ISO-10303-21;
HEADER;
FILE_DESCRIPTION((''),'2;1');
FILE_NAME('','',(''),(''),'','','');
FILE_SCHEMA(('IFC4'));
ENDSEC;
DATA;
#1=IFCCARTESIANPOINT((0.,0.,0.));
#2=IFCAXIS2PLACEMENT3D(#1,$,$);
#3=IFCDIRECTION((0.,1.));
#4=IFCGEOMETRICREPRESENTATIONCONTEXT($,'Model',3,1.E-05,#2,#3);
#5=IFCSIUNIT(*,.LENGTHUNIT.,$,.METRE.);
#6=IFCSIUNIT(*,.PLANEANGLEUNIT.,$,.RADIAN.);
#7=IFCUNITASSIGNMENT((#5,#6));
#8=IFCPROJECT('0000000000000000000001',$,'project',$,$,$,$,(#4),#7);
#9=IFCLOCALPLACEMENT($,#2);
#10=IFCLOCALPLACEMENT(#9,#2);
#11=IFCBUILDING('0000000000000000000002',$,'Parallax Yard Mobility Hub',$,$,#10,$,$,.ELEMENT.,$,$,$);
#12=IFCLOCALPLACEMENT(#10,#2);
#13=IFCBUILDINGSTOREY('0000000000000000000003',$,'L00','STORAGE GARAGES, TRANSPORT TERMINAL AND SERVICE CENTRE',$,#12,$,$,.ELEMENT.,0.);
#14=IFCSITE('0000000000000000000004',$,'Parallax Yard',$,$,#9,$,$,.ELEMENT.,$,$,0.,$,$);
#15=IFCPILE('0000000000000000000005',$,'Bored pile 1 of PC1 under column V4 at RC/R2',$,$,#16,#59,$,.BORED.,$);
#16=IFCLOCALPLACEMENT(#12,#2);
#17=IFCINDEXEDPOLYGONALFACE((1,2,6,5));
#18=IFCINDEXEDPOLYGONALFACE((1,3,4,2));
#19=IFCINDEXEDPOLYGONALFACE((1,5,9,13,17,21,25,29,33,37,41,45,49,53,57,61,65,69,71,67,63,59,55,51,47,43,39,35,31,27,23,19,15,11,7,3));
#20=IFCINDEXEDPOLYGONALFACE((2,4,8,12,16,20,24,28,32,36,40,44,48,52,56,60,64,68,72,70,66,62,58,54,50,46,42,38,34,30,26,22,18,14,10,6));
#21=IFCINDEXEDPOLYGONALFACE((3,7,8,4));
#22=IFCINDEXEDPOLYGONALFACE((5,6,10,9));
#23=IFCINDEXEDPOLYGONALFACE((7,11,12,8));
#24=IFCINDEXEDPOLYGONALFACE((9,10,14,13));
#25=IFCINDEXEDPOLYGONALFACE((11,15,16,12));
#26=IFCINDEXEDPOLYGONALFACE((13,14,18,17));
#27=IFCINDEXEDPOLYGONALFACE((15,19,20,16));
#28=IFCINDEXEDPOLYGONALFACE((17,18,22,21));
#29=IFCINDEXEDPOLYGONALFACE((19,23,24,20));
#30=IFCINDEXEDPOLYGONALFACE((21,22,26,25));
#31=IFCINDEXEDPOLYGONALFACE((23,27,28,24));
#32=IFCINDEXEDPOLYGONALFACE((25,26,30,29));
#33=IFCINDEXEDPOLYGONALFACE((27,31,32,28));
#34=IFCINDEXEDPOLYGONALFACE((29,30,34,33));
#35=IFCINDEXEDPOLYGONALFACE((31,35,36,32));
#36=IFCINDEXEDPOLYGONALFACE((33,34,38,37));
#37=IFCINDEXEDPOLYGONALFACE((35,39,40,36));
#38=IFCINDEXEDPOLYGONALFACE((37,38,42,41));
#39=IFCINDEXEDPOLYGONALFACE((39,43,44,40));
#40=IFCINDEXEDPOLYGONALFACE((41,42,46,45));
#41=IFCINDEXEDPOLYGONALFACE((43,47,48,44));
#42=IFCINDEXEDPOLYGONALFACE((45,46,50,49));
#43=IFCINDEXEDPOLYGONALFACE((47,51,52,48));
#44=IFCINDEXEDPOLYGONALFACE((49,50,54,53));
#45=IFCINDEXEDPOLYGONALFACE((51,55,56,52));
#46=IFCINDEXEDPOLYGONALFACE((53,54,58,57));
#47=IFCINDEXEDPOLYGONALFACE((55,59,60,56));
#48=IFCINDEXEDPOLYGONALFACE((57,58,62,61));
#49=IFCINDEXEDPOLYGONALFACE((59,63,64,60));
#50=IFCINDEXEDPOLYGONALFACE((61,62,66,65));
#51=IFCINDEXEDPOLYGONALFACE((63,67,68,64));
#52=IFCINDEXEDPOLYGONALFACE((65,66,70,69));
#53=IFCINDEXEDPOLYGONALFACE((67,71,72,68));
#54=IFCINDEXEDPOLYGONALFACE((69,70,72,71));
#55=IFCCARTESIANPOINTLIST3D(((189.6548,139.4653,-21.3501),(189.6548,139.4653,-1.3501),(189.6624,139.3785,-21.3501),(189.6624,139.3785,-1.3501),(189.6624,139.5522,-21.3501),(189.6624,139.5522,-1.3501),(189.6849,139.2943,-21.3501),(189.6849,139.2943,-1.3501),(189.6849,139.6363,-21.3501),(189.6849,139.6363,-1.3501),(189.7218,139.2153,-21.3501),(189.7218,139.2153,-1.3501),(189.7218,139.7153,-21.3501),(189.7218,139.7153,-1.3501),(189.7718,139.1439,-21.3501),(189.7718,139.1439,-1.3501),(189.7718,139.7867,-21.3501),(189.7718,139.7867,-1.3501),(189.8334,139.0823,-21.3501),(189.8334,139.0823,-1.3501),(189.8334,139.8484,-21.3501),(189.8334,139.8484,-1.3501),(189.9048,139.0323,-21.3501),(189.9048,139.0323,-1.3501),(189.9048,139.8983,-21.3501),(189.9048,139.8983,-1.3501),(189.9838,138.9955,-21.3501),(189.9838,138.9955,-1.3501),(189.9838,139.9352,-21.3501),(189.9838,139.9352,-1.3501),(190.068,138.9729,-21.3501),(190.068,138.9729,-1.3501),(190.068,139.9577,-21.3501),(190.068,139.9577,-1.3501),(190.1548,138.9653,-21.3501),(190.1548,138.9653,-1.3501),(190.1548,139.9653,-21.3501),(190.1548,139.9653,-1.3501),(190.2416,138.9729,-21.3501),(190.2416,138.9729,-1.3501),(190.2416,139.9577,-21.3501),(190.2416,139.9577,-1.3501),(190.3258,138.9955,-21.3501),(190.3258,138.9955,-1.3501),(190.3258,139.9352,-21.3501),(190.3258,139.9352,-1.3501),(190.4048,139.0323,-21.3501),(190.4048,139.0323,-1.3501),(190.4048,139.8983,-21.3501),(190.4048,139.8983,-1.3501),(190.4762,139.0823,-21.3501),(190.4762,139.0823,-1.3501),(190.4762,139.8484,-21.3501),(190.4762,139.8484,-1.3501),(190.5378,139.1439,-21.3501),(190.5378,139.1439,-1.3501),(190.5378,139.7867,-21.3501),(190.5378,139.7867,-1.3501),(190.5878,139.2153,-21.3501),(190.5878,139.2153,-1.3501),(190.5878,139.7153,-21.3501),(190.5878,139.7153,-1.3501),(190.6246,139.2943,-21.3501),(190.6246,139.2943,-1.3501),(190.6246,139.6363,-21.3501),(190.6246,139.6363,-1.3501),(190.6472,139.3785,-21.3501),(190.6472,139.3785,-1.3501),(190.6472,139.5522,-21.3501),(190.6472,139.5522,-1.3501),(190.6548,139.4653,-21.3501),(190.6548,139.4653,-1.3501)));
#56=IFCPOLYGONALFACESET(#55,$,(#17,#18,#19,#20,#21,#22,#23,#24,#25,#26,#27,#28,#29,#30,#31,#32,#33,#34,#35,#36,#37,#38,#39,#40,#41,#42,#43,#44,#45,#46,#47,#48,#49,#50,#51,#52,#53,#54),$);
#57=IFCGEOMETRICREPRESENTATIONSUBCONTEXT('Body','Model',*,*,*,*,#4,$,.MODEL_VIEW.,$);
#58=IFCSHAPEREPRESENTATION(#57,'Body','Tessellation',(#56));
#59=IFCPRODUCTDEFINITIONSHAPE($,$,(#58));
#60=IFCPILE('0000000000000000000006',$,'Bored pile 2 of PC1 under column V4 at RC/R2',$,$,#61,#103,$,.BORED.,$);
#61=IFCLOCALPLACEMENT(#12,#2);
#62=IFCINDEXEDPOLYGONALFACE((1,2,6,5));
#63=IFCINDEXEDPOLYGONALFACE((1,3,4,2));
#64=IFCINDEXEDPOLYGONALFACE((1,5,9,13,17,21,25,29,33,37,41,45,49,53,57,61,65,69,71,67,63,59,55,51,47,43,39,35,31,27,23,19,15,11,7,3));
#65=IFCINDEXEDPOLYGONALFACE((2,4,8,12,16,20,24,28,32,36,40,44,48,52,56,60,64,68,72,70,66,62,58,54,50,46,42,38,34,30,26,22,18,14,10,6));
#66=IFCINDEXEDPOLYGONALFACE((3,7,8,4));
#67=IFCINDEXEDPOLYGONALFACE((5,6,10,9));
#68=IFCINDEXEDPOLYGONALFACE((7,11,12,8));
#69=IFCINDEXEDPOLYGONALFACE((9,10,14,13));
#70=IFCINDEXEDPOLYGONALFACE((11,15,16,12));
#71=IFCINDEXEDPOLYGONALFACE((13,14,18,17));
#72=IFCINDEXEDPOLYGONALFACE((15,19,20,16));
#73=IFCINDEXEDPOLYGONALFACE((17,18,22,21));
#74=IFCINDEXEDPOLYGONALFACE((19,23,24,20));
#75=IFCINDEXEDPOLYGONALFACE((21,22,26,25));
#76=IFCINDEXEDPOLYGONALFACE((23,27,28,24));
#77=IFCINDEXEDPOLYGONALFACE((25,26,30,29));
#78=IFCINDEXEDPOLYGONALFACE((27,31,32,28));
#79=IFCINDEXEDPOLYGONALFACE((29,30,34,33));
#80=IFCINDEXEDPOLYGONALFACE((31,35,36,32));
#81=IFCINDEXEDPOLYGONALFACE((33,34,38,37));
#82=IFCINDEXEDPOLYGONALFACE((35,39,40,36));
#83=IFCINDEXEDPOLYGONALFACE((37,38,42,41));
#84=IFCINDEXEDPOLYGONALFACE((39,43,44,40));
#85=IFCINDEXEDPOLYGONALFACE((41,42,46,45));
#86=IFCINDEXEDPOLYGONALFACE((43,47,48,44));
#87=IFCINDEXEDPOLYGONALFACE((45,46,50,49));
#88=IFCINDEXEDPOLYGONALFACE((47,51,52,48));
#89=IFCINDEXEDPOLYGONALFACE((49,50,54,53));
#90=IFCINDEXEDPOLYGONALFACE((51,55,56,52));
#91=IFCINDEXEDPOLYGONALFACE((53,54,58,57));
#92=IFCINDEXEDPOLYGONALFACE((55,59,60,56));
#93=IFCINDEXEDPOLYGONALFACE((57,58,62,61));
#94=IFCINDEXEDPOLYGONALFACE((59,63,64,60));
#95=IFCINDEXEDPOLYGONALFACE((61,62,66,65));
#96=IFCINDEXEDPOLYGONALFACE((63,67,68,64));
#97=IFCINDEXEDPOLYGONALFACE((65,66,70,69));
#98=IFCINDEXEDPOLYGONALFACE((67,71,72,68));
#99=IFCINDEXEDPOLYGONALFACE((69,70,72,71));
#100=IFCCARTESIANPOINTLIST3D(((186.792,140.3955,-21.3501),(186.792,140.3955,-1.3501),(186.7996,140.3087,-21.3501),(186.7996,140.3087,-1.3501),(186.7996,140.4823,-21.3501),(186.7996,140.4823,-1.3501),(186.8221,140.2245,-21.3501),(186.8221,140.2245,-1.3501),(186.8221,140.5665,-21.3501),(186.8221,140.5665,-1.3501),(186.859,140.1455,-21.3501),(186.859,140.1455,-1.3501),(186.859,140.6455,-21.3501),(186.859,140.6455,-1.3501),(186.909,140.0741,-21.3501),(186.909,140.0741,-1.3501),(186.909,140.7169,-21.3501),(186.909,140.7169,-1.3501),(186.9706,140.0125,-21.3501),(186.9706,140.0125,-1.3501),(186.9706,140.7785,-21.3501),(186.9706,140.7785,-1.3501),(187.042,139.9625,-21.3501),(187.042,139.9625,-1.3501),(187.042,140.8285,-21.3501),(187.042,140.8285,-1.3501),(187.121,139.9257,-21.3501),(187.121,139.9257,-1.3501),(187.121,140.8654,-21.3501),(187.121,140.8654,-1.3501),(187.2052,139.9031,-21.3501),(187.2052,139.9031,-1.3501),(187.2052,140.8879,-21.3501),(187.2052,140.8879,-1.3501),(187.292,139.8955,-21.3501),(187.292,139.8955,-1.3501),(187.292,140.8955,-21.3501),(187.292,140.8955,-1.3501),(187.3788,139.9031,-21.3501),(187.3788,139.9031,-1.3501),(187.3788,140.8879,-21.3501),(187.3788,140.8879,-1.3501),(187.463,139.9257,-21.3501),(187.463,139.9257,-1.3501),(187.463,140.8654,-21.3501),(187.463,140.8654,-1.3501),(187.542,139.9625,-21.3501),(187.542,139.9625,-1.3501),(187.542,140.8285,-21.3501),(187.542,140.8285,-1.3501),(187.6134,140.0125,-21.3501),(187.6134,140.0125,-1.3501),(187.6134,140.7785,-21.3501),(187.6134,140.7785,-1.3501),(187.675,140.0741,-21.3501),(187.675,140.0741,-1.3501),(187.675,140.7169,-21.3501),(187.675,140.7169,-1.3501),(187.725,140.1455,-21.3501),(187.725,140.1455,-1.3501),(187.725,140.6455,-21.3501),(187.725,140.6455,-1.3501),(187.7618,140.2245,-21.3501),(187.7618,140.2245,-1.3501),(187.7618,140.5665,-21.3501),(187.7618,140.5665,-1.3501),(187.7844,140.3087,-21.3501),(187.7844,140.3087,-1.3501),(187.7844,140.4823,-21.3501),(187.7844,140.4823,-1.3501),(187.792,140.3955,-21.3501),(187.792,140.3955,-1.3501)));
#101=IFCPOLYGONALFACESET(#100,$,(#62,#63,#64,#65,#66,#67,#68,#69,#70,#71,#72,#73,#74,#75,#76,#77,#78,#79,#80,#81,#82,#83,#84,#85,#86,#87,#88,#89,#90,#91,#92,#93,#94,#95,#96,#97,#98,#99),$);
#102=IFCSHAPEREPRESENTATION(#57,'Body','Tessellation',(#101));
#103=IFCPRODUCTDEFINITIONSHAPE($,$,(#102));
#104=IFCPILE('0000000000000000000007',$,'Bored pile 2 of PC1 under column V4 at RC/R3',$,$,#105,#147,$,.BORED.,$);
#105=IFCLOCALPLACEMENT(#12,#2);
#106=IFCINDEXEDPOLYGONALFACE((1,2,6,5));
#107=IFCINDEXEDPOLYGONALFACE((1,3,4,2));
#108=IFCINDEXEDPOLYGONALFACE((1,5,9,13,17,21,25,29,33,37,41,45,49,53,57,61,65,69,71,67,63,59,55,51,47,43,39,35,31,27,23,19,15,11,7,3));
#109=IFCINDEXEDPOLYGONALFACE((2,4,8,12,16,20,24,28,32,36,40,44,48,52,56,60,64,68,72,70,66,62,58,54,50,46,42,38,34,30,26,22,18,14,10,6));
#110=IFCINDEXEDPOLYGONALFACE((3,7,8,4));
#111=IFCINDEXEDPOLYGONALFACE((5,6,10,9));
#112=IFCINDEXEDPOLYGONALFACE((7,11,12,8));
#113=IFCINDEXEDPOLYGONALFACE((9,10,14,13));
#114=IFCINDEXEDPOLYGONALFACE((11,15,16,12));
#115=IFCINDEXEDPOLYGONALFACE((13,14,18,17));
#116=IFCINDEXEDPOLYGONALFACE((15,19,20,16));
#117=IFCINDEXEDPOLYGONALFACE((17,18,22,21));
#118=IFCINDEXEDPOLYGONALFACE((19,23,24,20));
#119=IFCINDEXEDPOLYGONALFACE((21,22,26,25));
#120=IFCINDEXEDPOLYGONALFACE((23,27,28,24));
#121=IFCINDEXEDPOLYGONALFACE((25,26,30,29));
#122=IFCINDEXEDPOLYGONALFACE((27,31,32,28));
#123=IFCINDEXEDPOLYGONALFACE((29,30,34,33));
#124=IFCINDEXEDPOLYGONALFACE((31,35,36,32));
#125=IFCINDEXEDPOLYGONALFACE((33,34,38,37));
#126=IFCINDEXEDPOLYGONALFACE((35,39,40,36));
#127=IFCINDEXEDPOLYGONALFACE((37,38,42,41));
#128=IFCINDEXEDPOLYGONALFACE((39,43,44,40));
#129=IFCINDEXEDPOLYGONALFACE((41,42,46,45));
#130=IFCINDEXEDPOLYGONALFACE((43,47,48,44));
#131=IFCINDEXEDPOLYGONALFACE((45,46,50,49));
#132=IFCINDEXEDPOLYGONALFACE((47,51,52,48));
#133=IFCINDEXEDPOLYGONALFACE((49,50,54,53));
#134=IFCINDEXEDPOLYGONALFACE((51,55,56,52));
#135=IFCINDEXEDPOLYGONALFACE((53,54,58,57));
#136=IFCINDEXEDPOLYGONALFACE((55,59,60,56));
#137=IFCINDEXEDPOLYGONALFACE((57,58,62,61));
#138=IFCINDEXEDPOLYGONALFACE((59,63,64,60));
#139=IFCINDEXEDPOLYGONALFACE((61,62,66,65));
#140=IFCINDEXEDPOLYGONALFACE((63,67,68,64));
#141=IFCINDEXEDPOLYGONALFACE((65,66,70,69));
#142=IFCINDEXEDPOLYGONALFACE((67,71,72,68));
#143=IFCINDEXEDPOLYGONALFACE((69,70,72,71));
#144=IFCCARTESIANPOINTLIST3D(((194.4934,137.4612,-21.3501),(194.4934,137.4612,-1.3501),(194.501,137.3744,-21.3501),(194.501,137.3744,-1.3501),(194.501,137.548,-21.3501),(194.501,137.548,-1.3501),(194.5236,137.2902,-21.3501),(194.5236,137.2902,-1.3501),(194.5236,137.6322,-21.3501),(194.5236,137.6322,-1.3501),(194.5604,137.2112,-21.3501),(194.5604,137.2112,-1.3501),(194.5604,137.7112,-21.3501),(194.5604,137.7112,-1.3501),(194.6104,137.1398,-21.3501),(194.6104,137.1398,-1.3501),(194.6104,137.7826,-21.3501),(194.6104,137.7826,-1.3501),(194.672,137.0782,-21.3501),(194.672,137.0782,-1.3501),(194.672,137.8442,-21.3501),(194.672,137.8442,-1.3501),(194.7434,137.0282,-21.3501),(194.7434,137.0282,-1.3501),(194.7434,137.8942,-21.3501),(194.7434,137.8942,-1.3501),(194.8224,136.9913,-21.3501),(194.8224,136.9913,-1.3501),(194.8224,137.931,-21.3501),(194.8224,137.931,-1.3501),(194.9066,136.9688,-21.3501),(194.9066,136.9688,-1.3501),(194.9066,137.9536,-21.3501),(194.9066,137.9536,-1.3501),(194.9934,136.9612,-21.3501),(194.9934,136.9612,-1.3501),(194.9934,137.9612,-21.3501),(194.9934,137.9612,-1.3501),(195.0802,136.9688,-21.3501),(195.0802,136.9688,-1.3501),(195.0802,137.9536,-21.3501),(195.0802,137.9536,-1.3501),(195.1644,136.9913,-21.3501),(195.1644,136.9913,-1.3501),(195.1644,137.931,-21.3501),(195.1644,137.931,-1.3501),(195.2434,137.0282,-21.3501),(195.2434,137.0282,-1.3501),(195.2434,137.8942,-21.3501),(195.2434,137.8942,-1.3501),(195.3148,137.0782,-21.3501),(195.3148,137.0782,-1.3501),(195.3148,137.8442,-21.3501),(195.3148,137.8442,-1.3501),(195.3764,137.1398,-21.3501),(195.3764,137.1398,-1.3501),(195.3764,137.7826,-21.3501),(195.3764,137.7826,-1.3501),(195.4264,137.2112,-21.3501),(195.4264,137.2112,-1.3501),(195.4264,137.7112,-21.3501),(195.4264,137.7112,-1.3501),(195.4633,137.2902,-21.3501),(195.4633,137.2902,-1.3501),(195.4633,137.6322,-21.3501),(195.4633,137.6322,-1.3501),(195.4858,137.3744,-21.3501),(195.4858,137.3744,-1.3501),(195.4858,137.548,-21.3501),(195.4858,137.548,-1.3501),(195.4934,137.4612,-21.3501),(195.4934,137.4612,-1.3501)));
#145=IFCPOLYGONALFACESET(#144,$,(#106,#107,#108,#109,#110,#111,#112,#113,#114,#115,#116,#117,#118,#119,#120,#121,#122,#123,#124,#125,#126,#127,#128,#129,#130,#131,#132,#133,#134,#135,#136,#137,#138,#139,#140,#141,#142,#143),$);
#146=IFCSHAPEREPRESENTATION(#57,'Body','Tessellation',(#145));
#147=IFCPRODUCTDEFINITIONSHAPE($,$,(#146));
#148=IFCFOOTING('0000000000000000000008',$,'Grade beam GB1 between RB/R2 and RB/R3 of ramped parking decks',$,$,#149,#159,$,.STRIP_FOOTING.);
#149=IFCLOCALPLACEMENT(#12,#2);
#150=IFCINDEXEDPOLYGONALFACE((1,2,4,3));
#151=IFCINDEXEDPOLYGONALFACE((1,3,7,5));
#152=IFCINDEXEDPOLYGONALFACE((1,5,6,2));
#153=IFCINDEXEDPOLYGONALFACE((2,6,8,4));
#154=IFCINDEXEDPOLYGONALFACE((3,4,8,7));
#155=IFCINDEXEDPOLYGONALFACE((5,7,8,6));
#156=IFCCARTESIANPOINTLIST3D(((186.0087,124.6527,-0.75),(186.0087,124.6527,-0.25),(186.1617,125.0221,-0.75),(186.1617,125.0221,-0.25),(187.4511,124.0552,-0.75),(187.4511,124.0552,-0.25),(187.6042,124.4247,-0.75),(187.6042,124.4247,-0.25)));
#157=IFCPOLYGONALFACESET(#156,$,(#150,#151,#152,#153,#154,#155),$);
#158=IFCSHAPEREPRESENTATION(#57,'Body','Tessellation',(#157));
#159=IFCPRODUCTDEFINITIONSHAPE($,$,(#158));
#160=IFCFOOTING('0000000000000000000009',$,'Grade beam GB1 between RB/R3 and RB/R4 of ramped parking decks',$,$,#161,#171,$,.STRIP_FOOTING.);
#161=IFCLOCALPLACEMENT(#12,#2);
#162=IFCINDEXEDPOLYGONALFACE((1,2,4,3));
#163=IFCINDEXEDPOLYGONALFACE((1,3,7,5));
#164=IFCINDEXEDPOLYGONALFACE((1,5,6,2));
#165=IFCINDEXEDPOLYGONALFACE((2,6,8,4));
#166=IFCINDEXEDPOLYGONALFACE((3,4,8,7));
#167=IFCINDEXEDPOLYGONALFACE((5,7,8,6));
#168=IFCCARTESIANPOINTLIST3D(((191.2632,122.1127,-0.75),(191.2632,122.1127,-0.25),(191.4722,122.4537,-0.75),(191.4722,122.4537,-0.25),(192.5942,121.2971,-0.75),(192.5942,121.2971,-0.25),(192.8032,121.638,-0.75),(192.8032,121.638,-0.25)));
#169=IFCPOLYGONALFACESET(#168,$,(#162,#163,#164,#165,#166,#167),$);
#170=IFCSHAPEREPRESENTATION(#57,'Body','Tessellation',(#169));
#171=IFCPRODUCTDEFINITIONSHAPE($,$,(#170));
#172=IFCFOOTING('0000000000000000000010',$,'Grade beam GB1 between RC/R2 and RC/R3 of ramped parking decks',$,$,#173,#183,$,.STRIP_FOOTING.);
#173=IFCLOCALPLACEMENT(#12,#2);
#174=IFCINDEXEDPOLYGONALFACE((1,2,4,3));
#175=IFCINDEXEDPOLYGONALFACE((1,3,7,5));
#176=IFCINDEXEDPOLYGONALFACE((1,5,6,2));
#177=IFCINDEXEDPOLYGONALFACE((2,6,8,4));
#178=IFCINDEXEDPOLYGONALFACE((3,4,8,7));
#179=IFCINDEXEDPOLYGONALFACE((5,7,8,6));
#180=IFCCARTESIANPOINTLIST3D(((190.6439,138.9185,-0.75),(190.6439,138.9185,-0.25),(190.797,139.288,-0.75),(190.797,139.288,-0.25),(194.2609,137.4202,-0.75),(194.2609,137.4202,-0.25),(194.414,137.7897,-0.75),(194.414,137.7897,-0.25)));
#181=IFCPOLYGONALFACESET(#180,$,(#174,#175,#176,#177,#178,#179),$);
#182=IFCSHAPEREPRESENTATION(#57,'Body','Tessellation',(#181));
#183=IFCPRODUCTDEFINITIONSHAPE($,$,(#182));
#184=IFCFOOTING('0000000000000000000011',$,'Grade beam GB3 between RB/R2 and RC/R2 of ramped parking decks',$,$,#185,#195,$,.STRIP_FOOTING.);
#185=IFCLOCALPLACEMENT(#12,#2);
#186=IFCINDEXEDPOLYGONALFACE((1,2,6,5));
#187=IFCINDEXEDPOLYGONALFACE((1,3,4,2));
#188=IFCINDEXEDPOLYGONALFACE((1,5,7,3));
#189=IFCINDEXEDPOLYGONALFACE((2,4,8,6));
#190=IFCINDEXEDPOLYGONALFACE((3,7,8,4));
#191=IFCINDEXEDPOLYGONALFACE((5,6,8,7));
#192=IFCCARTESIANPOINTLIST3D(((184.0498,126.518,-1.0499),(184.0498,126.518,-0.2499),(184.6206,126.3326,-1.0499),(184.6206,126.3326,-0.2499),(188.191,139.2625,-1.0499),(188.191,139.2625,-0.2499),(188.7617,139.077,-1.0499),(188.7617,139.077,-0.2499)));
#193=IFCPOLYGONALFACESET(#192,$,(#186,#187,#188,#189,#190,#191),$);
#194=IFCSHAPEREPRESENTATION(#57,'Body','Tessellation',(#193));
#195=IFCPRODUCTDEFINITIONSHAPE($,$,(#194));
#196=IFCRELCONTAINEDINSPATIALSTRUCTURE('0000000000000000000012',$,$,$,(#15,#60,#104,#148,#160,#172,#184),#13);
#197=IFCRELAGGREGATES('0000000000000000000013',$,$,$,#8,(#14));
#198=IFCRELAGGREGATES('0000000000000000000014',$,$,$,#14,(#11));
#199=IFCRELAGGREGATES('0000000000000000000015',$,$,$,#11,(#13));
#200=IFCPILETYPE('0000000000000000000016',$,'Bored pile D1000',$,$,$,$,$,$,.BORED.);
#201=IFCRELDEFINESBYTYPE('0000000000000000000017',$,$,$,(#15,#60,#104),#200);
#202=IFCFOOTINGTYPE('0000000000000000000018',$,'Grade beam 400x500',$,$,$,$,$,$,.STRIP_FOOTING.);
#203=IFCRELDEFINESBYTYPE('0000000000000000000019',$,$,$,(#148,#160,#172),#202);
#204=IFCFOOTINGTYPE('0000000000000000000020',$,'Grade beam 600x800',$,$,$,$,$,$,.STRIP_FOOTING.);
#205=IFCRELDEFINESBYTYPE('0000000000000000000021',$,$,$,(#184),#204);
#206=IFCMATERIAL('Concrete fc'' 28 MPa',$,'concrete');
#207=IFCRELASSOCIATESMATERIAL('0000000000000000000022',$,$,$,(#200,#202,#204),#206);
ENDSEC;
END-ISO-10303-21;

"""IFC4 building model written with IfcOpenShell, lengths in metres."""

from ifc_helpers import new_model, si_unit, direction, frame, origin, origin_2d, place, context, subcontext, project, spatial, rectangle, circle, extrude, material, material_profile, profile_set, type_object, element, save


model = new_model("IFC4")

# Units and contexts
model_context = context("Model", 3, precision=1e-05, world=origin(), true_north=direction((0.0, 1.0)))
body_context = subcontext(model_context, "Body", "Model", "MODEL_VIEW")
ifc_project = project(units=[si_unit("LENGTHUNIT", "METRE"), si_unit("PLANEANGLEUNIT", "RADIAN")], contexts=[model_context])

# Site, building, storey
site_placement = place(None, origin())
site = spatial("IfcSite", under=ifc_project, at=site_placement, Name="Parallax Yard", CompositionType="ELEMENT", RefElevation=0.0)
building_placement = place(site_placement, origin())
building = spatial("IfcBuilding", under=site, at=building_placement, Name="Parallax Yard Mobility Hub", CompositionType="ELEMENT")
storey_placement = place(building_placement, origin())
storey = spatial("IfcBuildingStorey", under=building, at=storey_placement, Name="L00", Description="STORAGE GARAGES, TRANSPORT TERMINAL AND SERVICE CENTRE", CompositionType="ELEMENT", Elevation=0.0)

# Piles
ifc_material_1 = material(Name="Concrete fc' 28 MPa", Category="concrete")
ifc_material_profile_1 = material_profile(ifc_material_1, circle(Radius=0.5, at=origin_2d()), Name="Bored pile D1000")
ifc_profile_set_1 = profile_set([ifc_material_profile_1], Name="Concrete fc' 28 MPa")
pile_type = type_object("IfcPileType", Name="Bored pile D1000", PredefinedType="BORED", material=ifc_profile_set_1)
for number, where, z_axis, x_axis, name in (
    (1, (190.1548, 139.4653, -1.3501), (0.0, 0.0, -1.0), (1.0, 0.0, 0.0), "Bored pile 1 of PC1 under column V4 at RC/R2"),
    (2, (187.292, 140.3955, -1.3501), (0.0, 0.0, -1.0), (1.0, 0.0, 0.0), "Bored pile 2 of PC1 under column V4 at RC/R2"),
    (3, (194.9934, 137.4612, -1.3501), (0.0, 0.0, -1.0), (1.0, 0.0, 0.0), "Bored pile 2 of PC1 under column V4 at RC/R3"),
):
    element("IfcPile", number, at=place(storey_placement, frame(where, z_axis=z_axis, x_axis=x_axis)), inside=storey, type_object=pile_type, Name=name, PredefinedType="BORED", context=body_context, shape_type="SweptSolid", body=[
        extrude(circle(Radius=0.5, at=origin_2d()), origin(), (0.0, 0.0, 1.0), 20.0),
    ])

# Footings
ifc_material_profile_2 = material_profile(ifc_material_1, rectangle(XDim=0.3999, YDim=0.5, at=origin_2d()), Name="Grade beam 400x500")
ifc_profile_set_2 = profile_set([ifc_material_profile_2], Name="Concrete fc' 28 MPa")
footing_type_1 = type_object("IfcFootingType", Name="Grade beam 400x500", PredefinedType="STRIP_FOOTING", material=ifc_profile_set_2)
footing_1_placement = place(storey_placement, frame((186.0852, 124.8374, -0.5), z_axis=(0.923889, -0.38266, 0.0), x_axis=(0.38266, 0.923889, 0.0)))
element("IfcFooting", 4, at=footing_1_placement, inside=storey, type_object=footing_type_1, Name="Grade beam GB1 between RB/R2 and RB/R3 of ramped parking decks", PredefinedType="STRIP_FOOTING", context=body_context, shape_type="SweptSolid", body=[
    extrude(rectangle(XDim=0.3999, YDim=0.5, at=origin_2d()), origin(), (0.0, 0.0, 1.0), 1.5613),
])
footing_2_placement = place(storey_placement, frame((191.3677, 122.2832, -0.5), z_axis=(0.852639, -0.5225, 0.0), x_axis=(0.5225, 0.852639, 0.0)))
element("IfcFooting", 5, at=footing_2_placement, inside=storey, type_object=footing_type_1, Name="Grade beam GB1 between RB/R3 and RB/R4 of ramped parking decks", PredefinedType="STRIP_FOOTING", context=body_context, shape_type="SweptSolid", body=[
    extrude(rectangle(XDim=0.3999, YDim=0.5, at=origin_2d()), origin(), (0.0, 0.0, 1.0), 1.561),
])
footing_3_placement = place(storey_placement, frame((190.7205, 139.1033, -0.5), z_axis=(0.92387, -0.382706, 0.0), x_axis=(0.382706, 0.92387, 0.0)))
element("IfcFooting", 6, at=footing_3_placement, inside=storey, type_object=footing_type_1, Name="Grade beam GB1 between RC/R2 and RC/R3 of ramped parking decks", PredefinedType="STRIP_FOOTING", context=body_context, shape_type="SweptSolid", body=[
    extrude(rectangle(XDim=0.3999, YDim=0.5, at=origin_2d()), origin(), (0.0, 0.0, 1.0), 3.915),
])
ifc_material_profile_3 = material_profile(ifc_material_1, rectangle(XDim=0.6001, YDim=0.8, at=origin_2d()), Name="Grade beam 600x800")
ifc_profile_set_3 = profile_set([ifc_material_profile_3], Name="Concrete fc' 28 MPa")
footing_type_2 = type_object("IfcFootingType", Name="Grade beam 600x800", PredefinedType="STRIP_FOOTING", material=ifc_profile_set_3)
footing_4_placement = place(storey_placement, frame((184.3352, 126.4253, -0.6499), z_axis=(0.309031, 0.951052, 0.0), x_axis=(-0.951052, 0.309031, 0.0)))
element("IfcFooting", 7, at=footing_4_placement, inside=storey, type_object=footing_type_2, Name="Grade beam GB3 between RB/R2 and RC/R2 of ramped parking decks", PredefinedType="STRIP_FOOTING", context=body_context, shape_type="SweptSolid", body=[
    extrude(rectangle(XDim=0.6001, YDim=0.8, at=origin_2d()), origin(), (0.0, 0.0, 1.0), 13.4004),
])

save(model, "model.ifc")
